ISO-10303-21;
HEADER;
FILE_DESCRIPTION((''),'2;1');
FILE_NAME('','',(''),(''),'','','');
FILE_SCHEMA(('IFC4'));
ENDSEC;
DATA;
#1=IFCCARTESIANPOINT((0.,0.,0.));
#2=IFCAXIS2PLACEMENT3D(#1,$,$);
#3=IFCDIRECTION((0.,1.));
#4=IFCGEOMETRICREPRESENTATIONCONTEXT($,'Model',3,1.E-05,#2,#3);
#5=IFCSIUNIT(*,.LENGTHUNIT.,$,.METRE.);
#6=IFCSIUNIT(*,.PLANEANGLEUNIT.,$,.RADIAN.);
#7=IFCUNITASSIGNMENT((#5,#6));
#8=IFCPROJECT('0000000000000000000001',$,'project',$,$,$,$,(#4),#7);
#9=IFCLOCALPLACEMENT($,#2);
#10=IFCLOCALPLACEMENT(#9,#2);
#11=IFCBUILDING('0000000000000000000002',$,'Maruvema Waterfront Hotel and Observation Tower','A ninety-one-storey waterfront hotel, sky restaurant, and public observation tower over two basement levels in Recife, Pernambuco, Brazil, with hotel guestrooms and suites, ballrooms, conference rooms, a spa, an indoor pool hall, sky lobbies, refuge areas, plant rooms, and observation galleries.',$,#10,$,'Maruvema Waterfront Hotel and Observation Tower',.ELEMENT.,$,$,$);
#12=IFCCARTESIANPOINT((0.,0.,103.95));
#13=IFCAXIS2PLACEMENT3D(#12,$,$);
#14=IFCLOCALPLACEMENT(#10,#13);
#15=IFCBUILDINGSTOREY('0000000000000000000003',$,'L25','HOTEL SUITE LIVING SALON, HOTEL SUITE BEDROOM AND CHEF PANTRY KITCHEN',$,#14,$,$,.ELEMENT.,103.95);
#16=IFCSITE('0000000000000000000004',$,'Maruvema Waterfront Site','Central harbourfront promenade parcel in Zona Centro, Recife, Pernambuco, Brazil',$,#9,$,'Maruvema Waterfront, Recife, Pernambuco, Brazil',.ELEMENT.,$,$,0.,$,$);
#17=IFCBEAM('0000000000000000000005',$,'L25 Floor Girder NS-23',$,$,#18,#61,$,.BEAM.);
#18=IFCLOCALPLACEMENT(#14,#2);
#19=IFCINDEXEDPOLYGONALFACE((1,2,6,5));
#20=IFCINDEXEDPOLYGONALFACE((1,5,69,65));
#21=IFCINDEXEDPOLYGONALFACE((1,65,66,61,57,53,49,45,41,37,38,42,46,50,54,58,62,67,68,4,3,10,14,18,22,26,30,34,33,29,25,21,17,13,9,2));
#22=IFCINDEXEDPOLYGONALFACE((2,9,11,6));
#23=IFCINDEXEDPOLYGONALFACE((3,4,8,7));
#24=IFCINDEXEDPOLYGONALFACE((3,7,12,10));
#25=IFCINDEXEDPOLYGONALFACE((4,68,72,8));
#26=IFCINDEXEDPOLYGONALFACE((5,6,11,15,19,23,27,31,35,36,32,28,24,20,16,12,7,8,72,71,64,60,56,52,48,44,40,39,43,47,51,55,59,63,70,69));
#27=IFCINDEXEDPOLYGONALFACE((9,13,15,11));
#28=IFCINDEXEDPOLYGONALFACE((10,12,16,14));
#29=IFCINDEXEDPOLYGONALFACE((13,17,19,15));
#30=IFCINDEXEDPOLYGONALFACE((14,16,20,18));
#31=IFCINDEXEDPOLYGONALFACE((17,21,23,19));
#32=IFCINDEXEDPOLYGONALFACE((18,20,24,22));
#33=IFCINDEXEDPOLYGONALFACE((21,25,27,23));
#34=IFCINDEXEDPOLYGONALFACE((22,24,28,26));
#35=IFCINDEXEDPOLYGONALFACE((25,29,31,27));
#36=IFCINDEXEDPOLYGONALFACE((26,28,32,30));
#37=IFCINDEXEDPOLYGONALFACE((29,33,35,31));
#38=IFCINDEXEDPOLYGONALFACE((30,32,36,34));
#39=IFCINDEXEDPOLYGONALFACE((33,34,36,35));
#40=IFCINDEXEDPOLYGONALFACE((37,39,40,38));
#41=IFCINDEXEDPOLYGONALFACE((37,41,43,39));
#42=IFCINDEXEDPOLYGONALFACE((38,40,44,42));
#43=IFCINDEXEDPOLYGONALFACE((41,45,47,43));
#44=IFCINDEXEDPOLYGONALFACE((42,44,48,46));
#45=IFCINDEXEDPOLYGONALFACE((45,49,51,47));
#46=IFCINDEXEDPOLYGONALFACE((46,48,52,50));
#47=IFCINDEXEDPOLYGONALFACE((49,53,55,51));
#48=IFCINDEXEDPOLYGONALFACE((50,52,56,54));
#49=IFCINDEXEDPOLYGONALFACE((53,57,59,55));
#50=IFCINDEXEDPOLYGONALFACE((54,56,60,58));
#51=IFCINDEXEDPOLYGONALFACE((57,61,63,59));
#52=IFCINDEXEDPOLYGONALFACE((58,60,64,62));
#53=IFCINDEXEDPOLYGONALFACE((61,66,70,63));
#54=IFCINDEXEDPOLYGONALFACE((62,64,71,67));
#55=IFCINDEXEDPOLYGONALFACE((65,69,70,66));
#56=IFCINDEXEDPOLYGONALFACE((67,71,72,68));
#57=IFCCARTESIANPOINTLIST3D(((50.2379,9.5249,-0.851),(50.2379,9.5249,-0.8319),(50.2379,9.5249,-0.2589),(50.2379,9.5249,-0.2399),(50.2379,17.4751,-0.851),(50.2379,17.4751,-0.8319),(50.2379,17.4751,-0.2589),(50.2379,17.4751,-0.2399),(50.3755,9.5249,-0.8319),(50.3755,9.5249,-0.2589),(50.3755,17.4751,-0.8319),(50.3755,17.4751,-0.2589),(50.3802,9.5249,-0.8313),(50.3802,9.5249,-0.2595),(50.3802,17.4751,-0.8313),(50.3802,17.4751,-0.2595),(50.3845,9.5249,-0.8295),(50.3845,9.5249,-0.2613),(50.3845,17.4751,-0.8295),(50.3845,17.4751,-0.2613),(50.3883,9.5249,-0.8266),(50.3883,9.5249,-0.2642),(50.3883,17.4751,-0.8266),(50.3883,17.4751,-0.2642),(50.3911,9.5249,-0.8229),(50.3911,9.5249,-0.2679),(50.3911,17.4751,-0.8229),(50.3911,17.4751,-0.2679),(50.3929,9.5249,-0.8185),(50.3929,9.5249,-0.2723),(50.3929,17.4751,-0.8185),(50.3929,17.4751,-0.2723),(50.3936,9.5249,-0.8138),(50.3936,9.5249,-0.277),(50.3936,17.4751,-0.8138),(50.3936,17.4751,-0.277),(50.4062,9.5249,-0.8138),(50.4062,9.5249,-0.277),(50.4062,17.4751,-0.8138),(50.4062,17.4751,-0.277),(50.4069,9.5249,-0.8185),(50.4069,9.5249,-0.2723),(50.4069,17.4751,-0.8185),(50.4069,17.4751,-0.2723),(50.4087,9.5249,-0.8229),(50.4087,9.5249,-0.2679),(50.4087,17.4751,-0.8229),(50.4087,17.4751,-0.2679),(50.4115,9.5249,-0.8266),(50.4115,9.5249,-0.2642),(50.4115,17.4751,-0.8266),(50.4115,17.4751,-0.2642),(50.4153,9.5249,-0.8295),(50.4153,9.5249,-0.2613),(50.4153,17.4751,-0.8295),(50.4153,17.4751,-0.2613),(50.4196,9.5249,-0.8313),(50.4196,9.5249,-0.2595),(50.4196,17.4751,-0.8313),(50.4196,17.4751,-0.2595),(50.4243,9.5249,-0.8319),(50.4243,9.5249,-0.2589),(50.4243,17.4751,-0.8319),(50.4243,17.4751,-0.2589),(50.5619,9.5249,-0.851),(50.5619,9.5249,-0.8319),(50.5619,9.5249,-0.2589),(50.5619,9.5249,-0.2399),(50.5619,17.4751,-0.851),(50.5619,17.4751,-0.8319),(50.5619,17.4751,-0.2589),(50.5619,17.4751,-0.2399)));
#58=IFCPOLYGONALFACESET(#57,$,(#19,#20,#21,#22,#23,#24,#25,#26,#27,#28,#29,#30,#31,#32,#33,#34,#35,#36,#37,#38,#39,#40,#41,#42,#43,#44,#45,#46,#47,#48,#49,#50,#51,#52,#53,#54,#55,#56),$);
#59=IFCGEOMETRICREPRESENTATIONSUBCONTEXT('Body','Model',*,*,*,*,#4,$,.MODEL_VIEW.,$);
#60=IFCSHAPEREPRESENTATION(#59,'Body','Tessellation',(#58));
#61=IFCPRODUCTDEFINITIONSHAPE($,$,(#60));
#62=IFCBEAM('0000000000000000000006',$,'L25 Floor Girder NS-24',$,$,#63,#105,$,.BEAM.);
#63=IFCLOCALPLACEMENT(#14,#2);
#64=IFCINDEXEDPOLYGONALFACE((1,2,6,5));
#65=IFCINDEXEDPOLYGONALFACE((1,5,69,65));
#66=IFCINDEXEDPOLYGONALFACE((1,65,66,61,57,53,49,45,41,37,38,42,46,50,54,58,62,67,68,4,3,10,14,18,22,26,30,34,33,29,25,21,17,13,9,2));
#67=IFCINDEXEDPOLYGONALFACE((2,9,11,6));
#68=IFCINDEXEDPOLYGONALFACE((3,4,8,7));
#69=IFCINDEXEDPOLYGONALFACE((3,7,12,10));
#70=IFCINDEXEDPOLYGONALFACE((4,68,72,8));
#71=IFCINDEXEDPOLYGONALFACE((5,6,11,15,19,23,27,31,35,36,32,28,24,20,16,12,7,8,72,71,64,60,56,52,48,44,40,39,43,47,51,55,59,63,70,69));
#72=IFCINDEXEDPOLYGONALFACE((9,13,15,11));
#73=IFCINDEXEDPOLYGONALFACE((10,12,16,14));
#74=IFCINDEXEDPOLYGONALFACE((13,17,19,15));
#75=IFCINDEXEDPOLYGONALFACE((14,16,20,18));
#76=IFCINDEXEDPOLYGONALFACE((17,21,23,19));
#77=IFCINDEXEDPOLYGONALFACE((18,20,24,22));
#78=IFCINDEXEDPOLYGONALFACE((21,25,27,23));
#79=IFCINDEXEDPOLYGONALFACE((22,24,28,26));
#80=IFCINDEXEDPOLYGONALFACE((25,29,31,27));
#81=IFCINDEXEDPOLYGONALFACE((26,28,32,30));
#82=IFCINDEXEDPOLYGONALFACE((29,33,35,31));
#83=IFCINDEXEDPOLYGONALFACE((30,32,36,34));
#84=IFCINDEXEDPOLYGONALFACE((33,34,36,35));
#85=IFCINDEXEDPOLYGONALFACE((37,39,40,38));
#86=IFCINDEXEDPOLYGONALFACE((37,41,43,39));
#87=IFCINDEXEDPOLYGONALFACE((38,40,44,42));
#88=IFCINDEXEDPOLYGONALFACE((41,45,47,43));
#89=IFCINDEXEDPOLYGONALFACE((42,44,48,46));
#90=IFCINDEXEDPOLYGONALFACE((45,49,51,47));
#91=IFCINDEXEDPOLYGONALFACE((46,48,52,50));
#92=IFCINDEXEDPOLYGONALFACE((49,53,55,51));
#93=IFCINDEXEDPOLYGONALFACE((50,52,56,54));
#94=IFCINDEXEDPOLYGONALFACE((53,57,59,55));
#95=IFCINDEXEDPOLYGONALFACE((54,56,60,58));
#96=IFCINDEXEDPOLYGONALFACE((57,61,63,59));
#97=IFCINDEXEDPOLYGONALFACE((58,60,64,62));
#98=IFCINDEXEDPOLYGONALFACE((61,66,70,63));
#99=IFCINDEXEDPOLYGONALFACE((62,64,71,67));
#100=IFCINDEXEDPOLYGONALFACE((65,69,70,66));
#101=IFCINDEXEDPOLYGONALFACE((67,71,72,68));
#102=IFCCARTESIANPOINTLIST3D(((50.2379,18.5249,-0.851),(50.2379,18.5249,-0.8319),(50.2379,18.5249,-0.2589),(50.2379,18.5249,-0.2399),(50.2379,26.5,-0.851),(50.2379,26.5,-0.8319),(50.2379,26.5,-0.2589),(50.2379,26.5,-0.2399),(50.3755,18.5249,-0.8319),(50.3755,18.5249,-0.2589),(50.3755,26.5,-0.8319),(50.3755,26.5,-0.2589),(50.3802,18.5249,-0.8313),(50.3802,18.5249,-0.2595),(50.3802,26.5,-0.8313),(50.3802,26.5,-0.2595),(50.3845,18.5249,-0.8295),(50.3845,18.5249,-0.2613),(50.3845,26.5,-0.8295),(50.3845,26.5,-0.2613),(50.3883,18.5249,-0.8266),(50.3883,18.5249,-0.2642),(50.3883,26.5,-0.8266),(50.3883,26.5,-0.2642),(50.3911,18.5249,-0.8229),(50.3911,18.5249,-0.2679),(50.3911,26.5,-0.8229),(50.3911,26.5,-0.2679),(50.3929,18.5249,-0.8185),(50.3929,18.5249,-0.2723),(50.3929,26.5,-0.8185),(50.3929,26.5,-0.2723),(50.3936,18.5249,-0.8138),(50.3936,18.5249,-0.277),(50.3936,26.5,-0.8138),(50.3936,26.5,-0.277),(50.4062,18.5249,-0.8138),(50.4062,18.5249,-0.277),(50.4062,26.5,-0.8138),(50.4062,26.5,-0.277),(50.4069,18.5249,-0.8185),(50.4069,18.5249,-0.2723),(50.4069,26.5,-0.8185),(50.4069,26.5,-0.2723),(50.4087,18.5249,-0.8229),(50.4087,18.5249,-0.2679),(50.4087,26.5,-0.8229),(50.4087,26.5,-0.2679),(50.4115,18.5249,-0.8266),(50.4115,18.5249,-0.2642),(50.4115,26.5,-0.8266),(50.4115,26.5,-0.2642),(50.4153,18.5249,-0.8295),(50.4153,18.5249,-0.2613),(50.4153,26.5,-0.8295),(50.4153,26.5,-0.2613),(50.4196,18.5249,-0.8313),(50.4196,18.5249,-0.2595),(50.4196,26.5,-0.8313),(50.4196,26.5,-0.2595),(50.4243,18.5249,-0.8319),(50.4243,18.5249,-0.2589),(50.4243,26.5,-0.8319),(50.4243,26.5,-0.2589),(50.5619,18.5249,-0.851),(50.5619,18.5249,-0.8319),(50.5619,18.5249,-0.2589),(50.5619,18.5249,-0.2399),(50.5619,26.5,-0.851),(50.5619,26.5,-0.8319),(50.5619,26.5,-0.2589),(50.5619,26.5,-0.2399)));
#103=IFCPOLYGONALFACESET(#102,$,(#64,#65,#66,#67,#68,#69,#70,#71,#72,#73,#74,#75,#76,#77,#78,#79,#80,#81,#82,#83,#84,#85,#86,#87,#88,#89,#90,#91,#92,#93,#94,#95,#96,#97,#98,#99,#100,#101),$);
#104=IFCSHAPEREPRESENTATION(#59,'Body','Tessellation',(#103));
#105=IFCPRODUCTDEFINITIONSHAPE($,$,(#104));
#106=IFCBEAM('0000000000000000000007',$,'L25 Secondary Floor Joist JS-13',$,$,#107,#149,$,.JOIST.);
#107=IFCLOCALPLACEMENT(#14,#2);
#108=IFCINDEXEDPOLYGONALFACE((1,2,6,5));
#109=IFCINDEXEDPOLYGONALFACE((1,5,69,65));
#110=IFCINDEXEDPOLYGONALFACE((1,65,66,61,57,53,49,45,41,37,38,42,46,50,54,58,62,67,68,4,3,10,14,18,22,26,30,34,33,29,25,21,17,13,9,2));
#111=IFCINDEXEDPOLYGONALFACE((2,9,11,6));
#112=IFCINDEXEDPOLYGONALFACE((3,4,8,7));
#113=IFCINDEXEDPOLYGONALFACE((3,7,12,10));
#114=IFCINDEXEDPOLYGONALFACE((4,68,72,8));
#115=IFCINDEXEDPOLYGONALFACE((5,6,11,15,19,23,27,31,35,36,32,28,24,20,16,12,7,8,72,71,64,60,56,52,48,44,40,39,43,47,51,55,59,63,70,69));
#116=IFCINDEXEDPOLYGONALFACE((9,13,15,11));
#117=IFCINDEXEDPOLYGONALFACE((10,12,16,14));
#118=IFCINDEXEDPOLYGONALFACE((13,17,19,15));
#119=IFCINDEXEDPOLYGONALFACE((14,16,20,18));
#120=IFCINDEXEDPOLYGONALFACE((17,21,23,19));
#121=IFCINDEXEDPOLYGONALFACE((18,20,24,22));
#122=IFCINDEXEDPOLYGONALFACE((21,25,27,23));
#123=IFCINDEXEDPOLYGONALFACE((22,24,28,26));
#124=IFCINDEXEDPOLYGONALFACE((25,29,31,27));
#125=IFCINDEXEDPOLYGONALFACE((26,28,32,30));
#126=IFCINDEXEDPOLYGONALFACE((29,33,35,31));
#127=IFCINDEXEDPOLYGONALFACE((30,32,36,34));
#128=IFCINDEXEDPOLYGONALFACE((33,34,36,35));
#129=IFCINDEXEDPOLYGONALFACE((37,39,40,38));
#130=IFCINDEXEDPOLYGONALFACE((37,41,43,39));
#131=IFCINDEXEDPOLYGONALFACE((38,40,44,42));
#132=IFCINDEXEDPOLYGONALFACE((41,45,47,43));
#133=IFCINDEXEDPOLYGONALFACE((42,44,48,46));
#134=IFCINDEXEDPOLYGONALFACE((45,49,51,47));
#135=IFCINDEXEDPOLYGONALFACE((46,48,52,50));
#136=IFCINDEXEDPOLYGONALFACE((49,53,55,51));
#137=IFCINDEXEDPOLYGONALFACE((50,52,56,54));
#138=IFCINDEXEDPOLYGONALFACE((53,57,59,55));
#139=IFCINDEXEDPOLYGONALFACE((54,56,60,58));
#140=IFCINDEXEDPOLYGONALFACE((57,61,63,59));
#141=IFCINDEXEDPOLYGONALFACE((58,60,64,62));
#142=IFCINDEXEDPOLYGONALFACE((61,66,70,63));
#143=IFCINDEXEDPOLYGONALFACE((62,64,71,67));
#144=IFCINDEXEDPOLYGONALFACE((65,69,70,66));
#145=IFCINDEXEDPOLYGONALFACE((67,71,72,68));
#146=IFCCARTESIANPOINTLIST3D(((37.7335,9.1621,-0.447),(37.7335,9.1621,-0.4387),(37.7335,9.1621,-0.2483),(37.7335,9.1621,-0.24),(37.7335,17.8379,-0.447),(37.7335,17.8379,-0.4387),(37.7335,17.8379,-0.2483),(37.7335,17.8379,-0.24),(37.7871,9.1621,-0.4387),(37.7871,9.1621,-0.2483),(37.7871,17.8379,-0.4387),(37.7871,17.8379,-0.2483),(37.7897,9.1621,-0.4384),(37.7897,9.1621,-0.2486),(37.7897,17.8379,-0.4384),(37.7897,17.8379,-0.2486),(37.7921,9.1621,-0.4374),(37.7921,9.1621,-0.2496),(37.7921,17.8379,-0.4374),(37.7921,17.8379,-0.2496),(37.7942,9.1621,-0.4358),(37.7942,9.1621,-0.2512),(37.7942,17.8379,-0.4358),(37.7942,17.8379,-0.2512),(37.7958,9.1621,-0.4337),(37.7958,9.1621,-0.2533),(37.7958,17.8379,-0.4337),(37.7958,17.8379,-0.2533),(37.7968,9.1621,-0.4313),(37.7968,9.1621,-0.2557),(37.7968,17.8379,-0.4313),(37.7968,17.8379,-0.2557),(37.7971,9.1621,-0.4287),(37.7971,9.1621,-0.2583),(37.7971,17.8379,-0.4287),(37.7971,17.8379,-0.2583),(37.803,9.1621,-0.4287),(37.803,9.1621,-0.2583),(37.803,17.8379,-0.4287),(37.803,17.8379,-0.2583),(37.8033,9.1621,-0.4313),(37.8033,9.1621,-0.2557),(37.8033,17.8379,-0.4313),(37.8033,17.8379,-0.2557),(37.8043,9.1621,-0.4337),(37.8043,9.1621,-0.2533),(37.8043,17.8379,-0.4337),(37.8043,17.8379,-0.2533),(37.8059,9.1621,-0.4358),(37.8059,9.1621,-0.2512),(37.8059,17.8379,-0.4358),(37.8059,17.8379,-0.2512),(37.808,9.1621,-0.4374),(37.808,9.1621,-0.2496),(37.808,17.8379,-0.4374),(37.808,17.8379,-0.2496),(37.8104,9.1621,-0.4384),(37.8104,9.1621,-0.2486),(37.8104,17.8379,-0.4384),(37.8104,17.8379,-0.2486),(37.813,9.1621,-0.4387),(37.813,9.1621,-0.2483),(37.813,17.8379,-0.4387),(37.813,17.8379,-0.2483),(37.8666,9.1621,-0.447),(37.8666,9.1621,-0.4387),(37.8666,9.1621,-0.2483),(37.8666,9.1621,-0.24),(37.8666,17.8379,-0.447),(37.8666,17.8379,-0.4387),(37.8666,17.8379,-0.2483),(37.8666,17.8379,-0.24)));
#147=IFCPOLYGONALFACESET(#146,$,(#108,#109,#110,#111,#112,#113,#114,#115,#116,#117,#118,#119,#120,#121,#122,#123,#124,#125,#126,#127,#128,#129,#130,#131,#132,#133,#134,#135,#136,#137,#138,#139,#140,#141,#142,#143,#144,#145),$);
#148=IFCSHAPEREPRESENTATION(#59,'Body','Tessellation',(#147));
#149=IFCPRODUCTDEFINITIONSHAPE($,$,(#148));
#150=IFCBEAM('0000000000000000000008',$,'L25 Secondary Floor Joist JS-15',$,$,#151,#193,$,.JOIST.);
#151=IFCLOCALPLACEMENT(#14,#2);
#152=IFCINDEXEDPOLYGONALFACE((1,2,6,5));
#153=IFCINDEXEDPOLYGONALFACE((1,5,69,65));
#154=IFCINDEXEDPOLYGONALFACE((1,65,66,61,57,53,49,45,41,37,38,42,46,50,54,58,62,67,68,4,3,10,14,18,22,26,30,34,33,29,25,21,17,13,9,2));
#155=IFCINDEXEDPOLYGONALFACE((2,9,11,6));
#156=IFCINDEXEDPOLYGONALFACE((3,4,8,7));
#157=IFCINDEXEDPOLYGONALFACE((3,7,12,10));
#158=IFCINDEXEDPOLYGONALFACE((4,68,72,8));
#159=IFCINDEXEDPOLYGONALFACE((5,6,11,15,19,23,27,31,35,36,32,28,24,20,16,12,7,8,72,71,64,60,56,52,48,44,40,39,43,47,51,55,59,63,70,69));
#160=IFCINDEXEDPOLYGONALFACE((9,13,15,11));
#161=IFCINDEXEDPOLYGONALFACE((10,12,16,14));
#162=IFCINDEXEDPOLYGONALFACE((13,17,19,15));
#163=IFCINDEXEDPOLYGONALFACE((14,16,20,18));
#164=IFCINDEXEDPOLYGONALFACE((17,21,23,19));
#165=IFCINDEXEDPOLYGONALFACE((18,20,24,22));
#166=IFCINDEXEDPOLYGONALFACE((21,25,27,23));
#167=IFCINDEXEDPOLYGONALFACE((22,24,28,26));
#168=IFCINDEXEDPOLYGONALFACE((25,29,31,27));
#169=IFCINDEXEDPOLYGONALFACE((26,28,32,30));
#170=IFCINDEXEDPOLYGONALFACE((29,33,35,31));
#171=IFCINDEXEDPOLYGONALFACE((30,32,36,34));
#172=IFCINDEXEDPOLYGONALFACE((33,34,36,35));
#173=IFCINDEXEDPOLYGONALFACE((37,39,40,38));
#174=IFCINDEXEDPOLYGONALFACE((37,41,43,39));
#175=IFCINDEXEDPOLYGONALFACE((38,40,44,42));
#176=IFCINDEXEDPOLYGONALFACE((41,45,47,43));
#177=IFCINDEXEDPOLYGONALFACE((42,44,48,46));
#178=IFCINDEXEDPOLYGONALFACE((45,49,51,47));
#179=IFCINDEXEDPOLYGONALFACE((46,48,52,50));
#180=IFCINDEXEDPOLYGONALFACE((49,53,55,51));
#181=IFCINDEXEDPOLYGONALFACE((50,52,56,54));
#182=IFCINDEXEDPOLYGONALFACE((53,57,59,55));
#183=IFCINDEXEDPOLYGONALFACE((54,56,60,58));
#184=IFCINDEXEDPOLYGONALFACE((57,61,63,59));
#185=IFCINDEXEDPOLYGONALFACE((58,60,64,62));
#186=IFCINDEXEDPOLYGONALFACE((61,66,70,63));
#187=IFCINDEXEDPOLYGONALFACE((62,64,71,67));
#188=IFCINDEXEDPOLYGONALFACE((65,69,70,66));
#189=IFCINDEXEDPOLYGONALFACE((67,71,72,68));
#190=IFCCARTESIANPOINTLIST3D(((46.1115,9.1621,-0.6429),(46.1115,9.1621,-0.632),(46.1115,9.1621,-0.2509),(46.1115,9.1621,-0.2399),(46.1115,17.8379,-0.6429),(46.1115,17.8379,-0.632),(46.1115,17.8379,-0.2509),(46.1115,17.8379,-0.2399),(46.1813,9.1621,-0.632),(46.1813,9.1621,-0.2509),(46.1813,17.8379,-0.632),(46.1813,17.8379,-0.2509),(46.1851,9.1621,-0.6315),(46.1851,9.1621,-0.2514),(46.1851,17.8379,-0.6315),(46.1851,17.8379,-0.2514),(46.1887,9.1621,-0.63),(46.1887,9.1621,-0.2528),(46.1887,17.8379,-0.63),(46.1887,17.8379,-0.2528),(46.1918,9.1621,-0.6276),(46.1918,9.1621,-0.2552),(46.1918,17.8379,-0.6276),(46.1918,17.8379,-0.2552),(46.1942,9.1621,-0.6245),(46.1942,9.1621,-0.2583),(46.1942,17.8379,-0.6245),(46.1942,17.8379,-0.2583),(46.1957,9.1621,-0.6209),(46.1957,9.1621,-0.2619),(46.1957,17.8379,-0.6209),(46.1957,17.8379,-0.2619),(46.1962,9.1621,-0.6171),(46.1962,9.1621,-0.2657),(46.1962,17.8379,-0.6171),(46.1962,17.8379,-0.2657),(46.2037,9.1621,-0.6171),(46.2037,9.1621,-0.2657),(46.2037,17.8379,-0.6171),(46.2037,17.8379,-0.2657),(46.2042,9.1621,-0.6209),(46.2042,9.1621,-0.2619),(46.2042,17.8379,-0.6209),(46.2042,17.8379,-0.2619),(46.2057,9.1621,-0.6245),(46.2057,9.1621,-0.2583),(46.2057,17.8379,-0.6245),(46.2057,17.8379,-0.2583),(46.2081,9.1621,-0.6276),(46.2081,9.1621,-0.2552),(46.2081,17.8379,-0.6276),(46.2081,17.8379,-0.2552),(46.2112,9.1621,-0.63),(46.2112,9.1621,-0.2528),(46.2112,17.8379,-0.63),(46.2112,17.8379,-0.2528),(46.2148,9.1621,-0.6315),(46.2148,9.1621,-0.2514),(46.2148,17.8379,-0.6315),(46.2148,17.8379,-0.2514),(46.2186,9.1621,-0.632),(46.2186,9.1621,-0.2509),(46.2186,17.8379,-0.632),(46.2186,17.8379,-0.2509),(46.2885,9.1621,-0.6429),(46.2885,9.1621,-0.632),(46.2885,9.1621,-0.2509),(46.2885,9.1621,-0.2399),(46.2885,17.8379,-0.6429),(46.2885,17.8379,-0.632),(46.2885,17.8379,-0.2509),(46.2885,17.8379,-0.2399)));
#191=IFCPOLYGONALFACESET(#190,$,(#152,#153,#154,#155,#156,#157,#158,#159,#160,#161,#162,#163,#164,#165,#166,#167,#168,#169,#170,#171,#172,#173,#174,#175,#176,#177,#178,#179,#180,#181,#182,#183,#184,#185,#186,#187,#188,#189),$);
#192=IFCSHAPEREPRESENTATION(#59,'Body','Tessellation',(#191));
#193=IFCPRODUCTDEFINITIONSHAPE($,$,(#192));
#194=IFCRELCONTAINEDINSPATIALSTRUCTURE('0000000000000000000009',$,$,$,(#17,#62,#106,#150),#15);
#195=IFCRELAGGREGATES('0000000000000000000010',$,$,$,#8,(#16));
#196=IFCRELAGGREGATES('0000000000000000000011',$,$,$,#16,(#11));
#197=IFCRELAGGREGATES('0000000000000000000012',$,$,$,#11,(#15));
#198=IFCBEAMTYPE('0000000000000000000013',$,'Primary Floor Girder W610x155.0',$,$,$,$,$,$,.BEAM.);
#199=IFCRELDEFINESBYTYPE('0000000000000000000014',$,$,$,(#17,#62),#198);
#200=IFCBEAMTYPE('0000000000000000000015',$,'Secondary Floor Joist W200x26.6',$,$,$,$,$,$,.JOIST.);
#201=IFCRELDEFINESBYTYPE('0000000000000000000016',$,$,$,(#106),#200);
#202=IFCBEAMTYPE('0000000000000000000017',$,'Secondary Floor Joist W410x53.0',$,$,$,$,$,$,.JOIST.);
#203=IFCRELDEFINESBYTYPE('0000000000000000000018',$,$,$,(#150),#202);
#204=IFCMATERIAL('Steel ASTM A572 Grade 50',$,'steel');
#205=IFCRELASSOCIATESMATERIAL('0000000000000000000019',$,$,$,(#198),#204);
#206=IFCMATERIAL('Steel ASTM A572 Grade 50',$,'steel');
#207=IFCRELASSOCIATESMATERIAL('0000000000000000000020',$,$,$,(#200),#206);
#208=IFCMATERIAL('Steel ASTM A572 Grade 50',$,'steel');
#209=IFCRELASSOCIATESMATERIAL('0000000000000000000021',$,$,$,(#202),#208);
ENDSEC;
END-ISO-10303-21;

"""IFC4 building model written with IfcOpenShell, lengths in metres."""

from ifc_helpers import new_model, si_unit, direction, frame, origin, origin_2d, place, context, subcontext, project, spatial, i_section, extrude, material, material_profile, profile_set, type_object, element, save


model = new_model("IFC4")

# Units and contexts
model_context = context("Model", 3, precision=1e-05, world=origin(), true_north=direction((0.0, 1.0)))
body_context = subcontext(model_context, "Body", "Model", "MODEL_VIEW")
ifc_project = project(units=[si_unit("LENGTHUNIT", "METRE"), si_unit("PLANEANGLEUNIT", "RADIAN")], contexts=[model_context])

# Site, building, storey
site_placement = place(None, origin())
site = spatial("IfcSite", under=ifc_project, at=site_placement, Name="Maruvema Waterfront Site", Description="Central harbourfront promenade parcel in Zona Centro, Recife, Pernambuco, Brazil", LongName="Maruvema Waterfront, Recife, Pernambuco, Brazil", CompositionType="ELEMENT", RefElevation=0.0)
building_placement = place(site_placement, origin())
building = spatial("IfcBuilding", under=site, at=building_placement, Name="Maruvema Waterfront Hotel and Observation Tower", Description="A ninety-one-storey waterfront hotel, sky restaurant, and public observation tower over two basement levels in Recife, Pernambuco, Brazil, with hotel guestrooms and suites, ballrooms, conference rooms, a spa, an indoor pool hall, sky lobbies, refuge areas, plant rooms, and observation galleries.", LongName="Maruvema Waterfront Hotel and Observation Tower", CompositionType="ELEMENT")
storey_placement = place(building_placement, frame((0.0, 0.0, 103.95)))
storey = spatial("IfcBuildingStorey", under=building, at=storey_placement, Name="L25", Description="HOTEL SUITE LIVING SALON, HOTEL SUITE BEDROOM AND CHEF PANTRY KITCHEN", CompositionType="ELEMENT", Elevation=103.95)

# Beams
ifc_material_1 = material(Name="Steel ASTM A572 Grade 50", Category="steel")
ifc_material_profile_1 = material_profile(ifc_material_1, i_section(OverallWidth=0.324, OverallDepth=0.6111, WebThickness=0.0127, FlangeThickness=0.019, FilletRadius=0.0181, at=origin_2d()), Name="W610x155.0")
ifc_profile_set_1 = profile_set([ifc_material_profile_1], Name="Steel ASTM A572 Grade 50")
beam_type_1 = type_object("IfcBeamType", Name="Primary Floor Girder W610x155.0", PredefinedType="BEAM", material=ifc_profile_set_1)
beam_1_placement = place(storey_placement, frame((50.3999, 9.5249, -0.5454), z_axis=(0.0, 1.0, 0.0), x_axis=(-1.0, 0.0, 0.0)))
element("IfcBeam", 1, at=beam_1_placement, inside=storey, type_object=beam_type_1, Name="L25 Floor Girder NS-23", PredefinedType="BEAM", context=body_context, shape_type="SweptSolid", body=[
    extrude(i_section(OverallWidth=0.324, OverallDepth=0.6111, WebThickness=0.0127, FlangeThickness=0.019, FilletRadius=0.0181, at=origin_2d()), origin(), (0.0, 0.0, 1.0), 7.9502),
])
beam_2_placement = place(storey_placement, frame((50.3999, 18.5249, -0.5454), z_axis=(0.0, 1.0, 0.0), x_axis=(-1.0, 0.0, 0.0)))
element("IfcBeam", 2, at=beam_2_placement, inside=storey, type_object=beam_type_1, Name="L25 Floor Girder NS-24", PredefinedType="BEAM", context=body_context, shape_type="SweptSolid", body=[
    extrude(i_section(OverallWidth=0.324, OverallDepth=0.6111, WebThickness=0.0127, FlangeThickness=0.019, FilletRadius=0.0181, at=origin_2d()), origin(), (0.0, 0.0, 1.0), 7.9751),
])
ifc_material_2 = material(Name="Steel ASTM A572 Grade 50", Category="steel")
ifc_material_profile_2 = material_profile(ifc_material_2, i_section(OverallWidth=0.1331, OverallDepth=0.207, WebThickness=0.0059, FlangeThickness=0.0083, FilletRadius=0.01, at=origin_2d()), Name="W200x26.6")
ifc_profile_set_2 = profile_set([ifc_material_profile_2], Name="Steel ASTM A572 Grade 50")
beam_type_2 = type_object("IfcBeamType", Name="Secondary Floor Joist W200x26.6", PredefinedType="JOIST", material=ifc_profile_set_2)
beam_3_placement = place(storey_placement, frame((37.8, 9.1621, -0.3435), z_axis=(0.0, 1.0, 0.0), x_axis=(-1.0, 0.0, 0.0)))
element("IfcBeam", 3, at=beam_3_placement, inside=storey, type_object=beam_type_2, Name="L25 Secondary Floor Joist JS-13", PredefinedType="JOIST", context=body_context, shape_type="SweptSolid", body=[
    extrude(i_section(OverallWidth=0.1331, OverallDepth=0.207, WebThickness=0.0059, FlangeThickness=0.0083, FilletRadius=0.01, at=origin_2d()), origin(), (0.0, 0.0, 1.0), 8.6758),
])
ifc_material_3 = material(Name="Steel ASTM A572 Grade 50", Category="steel")
ifc_material_profile_3 = material_profile(ifc_material_3, i_section(OverallWidth=0.177, OverallDepth=0.4031, WebThickness=0.0076, FlangeThickness=0.011, FilletRadius=0.0149, at=origin_2d()), Name="W410x53.0")
ifc_profile_set_3 = profile_set([ifc_material_profile_3], Name="Steel ASTM A572 Grade 50")
beam_type_3 = type_object("IfcBeamType", Name="Secondary Floor Joist W410x53.0", PredefinedType="JOIST", material=ifc_profile_set_3)
beam_4_placement = place(storey_placement, frame((46.2, 9.1621, -0.4414), z_axis=(0.0, 1.0, 0.0), x_axis=(-1.0, 0.0, 0.0)))
element("IfcBeam", 4, at=beam_4_placement, inside=storey, type_object=beam_type_3, Name="L25 Secondary Floor Joist JS-15", PredefinedType="JOIST", context=body_context, shape_type="SweptSolid", body=[
    extrude(i_section(OverallWidth=0.177, OverallDepth=0.4031, WebThickness=0.0076, FlangeThickness=0.011, FilletRadius=0.0149, at=origin_2d()), origin(), (0.0, 0.0, 1.0), 8.6758),
])

save(model, "model.ifc")
